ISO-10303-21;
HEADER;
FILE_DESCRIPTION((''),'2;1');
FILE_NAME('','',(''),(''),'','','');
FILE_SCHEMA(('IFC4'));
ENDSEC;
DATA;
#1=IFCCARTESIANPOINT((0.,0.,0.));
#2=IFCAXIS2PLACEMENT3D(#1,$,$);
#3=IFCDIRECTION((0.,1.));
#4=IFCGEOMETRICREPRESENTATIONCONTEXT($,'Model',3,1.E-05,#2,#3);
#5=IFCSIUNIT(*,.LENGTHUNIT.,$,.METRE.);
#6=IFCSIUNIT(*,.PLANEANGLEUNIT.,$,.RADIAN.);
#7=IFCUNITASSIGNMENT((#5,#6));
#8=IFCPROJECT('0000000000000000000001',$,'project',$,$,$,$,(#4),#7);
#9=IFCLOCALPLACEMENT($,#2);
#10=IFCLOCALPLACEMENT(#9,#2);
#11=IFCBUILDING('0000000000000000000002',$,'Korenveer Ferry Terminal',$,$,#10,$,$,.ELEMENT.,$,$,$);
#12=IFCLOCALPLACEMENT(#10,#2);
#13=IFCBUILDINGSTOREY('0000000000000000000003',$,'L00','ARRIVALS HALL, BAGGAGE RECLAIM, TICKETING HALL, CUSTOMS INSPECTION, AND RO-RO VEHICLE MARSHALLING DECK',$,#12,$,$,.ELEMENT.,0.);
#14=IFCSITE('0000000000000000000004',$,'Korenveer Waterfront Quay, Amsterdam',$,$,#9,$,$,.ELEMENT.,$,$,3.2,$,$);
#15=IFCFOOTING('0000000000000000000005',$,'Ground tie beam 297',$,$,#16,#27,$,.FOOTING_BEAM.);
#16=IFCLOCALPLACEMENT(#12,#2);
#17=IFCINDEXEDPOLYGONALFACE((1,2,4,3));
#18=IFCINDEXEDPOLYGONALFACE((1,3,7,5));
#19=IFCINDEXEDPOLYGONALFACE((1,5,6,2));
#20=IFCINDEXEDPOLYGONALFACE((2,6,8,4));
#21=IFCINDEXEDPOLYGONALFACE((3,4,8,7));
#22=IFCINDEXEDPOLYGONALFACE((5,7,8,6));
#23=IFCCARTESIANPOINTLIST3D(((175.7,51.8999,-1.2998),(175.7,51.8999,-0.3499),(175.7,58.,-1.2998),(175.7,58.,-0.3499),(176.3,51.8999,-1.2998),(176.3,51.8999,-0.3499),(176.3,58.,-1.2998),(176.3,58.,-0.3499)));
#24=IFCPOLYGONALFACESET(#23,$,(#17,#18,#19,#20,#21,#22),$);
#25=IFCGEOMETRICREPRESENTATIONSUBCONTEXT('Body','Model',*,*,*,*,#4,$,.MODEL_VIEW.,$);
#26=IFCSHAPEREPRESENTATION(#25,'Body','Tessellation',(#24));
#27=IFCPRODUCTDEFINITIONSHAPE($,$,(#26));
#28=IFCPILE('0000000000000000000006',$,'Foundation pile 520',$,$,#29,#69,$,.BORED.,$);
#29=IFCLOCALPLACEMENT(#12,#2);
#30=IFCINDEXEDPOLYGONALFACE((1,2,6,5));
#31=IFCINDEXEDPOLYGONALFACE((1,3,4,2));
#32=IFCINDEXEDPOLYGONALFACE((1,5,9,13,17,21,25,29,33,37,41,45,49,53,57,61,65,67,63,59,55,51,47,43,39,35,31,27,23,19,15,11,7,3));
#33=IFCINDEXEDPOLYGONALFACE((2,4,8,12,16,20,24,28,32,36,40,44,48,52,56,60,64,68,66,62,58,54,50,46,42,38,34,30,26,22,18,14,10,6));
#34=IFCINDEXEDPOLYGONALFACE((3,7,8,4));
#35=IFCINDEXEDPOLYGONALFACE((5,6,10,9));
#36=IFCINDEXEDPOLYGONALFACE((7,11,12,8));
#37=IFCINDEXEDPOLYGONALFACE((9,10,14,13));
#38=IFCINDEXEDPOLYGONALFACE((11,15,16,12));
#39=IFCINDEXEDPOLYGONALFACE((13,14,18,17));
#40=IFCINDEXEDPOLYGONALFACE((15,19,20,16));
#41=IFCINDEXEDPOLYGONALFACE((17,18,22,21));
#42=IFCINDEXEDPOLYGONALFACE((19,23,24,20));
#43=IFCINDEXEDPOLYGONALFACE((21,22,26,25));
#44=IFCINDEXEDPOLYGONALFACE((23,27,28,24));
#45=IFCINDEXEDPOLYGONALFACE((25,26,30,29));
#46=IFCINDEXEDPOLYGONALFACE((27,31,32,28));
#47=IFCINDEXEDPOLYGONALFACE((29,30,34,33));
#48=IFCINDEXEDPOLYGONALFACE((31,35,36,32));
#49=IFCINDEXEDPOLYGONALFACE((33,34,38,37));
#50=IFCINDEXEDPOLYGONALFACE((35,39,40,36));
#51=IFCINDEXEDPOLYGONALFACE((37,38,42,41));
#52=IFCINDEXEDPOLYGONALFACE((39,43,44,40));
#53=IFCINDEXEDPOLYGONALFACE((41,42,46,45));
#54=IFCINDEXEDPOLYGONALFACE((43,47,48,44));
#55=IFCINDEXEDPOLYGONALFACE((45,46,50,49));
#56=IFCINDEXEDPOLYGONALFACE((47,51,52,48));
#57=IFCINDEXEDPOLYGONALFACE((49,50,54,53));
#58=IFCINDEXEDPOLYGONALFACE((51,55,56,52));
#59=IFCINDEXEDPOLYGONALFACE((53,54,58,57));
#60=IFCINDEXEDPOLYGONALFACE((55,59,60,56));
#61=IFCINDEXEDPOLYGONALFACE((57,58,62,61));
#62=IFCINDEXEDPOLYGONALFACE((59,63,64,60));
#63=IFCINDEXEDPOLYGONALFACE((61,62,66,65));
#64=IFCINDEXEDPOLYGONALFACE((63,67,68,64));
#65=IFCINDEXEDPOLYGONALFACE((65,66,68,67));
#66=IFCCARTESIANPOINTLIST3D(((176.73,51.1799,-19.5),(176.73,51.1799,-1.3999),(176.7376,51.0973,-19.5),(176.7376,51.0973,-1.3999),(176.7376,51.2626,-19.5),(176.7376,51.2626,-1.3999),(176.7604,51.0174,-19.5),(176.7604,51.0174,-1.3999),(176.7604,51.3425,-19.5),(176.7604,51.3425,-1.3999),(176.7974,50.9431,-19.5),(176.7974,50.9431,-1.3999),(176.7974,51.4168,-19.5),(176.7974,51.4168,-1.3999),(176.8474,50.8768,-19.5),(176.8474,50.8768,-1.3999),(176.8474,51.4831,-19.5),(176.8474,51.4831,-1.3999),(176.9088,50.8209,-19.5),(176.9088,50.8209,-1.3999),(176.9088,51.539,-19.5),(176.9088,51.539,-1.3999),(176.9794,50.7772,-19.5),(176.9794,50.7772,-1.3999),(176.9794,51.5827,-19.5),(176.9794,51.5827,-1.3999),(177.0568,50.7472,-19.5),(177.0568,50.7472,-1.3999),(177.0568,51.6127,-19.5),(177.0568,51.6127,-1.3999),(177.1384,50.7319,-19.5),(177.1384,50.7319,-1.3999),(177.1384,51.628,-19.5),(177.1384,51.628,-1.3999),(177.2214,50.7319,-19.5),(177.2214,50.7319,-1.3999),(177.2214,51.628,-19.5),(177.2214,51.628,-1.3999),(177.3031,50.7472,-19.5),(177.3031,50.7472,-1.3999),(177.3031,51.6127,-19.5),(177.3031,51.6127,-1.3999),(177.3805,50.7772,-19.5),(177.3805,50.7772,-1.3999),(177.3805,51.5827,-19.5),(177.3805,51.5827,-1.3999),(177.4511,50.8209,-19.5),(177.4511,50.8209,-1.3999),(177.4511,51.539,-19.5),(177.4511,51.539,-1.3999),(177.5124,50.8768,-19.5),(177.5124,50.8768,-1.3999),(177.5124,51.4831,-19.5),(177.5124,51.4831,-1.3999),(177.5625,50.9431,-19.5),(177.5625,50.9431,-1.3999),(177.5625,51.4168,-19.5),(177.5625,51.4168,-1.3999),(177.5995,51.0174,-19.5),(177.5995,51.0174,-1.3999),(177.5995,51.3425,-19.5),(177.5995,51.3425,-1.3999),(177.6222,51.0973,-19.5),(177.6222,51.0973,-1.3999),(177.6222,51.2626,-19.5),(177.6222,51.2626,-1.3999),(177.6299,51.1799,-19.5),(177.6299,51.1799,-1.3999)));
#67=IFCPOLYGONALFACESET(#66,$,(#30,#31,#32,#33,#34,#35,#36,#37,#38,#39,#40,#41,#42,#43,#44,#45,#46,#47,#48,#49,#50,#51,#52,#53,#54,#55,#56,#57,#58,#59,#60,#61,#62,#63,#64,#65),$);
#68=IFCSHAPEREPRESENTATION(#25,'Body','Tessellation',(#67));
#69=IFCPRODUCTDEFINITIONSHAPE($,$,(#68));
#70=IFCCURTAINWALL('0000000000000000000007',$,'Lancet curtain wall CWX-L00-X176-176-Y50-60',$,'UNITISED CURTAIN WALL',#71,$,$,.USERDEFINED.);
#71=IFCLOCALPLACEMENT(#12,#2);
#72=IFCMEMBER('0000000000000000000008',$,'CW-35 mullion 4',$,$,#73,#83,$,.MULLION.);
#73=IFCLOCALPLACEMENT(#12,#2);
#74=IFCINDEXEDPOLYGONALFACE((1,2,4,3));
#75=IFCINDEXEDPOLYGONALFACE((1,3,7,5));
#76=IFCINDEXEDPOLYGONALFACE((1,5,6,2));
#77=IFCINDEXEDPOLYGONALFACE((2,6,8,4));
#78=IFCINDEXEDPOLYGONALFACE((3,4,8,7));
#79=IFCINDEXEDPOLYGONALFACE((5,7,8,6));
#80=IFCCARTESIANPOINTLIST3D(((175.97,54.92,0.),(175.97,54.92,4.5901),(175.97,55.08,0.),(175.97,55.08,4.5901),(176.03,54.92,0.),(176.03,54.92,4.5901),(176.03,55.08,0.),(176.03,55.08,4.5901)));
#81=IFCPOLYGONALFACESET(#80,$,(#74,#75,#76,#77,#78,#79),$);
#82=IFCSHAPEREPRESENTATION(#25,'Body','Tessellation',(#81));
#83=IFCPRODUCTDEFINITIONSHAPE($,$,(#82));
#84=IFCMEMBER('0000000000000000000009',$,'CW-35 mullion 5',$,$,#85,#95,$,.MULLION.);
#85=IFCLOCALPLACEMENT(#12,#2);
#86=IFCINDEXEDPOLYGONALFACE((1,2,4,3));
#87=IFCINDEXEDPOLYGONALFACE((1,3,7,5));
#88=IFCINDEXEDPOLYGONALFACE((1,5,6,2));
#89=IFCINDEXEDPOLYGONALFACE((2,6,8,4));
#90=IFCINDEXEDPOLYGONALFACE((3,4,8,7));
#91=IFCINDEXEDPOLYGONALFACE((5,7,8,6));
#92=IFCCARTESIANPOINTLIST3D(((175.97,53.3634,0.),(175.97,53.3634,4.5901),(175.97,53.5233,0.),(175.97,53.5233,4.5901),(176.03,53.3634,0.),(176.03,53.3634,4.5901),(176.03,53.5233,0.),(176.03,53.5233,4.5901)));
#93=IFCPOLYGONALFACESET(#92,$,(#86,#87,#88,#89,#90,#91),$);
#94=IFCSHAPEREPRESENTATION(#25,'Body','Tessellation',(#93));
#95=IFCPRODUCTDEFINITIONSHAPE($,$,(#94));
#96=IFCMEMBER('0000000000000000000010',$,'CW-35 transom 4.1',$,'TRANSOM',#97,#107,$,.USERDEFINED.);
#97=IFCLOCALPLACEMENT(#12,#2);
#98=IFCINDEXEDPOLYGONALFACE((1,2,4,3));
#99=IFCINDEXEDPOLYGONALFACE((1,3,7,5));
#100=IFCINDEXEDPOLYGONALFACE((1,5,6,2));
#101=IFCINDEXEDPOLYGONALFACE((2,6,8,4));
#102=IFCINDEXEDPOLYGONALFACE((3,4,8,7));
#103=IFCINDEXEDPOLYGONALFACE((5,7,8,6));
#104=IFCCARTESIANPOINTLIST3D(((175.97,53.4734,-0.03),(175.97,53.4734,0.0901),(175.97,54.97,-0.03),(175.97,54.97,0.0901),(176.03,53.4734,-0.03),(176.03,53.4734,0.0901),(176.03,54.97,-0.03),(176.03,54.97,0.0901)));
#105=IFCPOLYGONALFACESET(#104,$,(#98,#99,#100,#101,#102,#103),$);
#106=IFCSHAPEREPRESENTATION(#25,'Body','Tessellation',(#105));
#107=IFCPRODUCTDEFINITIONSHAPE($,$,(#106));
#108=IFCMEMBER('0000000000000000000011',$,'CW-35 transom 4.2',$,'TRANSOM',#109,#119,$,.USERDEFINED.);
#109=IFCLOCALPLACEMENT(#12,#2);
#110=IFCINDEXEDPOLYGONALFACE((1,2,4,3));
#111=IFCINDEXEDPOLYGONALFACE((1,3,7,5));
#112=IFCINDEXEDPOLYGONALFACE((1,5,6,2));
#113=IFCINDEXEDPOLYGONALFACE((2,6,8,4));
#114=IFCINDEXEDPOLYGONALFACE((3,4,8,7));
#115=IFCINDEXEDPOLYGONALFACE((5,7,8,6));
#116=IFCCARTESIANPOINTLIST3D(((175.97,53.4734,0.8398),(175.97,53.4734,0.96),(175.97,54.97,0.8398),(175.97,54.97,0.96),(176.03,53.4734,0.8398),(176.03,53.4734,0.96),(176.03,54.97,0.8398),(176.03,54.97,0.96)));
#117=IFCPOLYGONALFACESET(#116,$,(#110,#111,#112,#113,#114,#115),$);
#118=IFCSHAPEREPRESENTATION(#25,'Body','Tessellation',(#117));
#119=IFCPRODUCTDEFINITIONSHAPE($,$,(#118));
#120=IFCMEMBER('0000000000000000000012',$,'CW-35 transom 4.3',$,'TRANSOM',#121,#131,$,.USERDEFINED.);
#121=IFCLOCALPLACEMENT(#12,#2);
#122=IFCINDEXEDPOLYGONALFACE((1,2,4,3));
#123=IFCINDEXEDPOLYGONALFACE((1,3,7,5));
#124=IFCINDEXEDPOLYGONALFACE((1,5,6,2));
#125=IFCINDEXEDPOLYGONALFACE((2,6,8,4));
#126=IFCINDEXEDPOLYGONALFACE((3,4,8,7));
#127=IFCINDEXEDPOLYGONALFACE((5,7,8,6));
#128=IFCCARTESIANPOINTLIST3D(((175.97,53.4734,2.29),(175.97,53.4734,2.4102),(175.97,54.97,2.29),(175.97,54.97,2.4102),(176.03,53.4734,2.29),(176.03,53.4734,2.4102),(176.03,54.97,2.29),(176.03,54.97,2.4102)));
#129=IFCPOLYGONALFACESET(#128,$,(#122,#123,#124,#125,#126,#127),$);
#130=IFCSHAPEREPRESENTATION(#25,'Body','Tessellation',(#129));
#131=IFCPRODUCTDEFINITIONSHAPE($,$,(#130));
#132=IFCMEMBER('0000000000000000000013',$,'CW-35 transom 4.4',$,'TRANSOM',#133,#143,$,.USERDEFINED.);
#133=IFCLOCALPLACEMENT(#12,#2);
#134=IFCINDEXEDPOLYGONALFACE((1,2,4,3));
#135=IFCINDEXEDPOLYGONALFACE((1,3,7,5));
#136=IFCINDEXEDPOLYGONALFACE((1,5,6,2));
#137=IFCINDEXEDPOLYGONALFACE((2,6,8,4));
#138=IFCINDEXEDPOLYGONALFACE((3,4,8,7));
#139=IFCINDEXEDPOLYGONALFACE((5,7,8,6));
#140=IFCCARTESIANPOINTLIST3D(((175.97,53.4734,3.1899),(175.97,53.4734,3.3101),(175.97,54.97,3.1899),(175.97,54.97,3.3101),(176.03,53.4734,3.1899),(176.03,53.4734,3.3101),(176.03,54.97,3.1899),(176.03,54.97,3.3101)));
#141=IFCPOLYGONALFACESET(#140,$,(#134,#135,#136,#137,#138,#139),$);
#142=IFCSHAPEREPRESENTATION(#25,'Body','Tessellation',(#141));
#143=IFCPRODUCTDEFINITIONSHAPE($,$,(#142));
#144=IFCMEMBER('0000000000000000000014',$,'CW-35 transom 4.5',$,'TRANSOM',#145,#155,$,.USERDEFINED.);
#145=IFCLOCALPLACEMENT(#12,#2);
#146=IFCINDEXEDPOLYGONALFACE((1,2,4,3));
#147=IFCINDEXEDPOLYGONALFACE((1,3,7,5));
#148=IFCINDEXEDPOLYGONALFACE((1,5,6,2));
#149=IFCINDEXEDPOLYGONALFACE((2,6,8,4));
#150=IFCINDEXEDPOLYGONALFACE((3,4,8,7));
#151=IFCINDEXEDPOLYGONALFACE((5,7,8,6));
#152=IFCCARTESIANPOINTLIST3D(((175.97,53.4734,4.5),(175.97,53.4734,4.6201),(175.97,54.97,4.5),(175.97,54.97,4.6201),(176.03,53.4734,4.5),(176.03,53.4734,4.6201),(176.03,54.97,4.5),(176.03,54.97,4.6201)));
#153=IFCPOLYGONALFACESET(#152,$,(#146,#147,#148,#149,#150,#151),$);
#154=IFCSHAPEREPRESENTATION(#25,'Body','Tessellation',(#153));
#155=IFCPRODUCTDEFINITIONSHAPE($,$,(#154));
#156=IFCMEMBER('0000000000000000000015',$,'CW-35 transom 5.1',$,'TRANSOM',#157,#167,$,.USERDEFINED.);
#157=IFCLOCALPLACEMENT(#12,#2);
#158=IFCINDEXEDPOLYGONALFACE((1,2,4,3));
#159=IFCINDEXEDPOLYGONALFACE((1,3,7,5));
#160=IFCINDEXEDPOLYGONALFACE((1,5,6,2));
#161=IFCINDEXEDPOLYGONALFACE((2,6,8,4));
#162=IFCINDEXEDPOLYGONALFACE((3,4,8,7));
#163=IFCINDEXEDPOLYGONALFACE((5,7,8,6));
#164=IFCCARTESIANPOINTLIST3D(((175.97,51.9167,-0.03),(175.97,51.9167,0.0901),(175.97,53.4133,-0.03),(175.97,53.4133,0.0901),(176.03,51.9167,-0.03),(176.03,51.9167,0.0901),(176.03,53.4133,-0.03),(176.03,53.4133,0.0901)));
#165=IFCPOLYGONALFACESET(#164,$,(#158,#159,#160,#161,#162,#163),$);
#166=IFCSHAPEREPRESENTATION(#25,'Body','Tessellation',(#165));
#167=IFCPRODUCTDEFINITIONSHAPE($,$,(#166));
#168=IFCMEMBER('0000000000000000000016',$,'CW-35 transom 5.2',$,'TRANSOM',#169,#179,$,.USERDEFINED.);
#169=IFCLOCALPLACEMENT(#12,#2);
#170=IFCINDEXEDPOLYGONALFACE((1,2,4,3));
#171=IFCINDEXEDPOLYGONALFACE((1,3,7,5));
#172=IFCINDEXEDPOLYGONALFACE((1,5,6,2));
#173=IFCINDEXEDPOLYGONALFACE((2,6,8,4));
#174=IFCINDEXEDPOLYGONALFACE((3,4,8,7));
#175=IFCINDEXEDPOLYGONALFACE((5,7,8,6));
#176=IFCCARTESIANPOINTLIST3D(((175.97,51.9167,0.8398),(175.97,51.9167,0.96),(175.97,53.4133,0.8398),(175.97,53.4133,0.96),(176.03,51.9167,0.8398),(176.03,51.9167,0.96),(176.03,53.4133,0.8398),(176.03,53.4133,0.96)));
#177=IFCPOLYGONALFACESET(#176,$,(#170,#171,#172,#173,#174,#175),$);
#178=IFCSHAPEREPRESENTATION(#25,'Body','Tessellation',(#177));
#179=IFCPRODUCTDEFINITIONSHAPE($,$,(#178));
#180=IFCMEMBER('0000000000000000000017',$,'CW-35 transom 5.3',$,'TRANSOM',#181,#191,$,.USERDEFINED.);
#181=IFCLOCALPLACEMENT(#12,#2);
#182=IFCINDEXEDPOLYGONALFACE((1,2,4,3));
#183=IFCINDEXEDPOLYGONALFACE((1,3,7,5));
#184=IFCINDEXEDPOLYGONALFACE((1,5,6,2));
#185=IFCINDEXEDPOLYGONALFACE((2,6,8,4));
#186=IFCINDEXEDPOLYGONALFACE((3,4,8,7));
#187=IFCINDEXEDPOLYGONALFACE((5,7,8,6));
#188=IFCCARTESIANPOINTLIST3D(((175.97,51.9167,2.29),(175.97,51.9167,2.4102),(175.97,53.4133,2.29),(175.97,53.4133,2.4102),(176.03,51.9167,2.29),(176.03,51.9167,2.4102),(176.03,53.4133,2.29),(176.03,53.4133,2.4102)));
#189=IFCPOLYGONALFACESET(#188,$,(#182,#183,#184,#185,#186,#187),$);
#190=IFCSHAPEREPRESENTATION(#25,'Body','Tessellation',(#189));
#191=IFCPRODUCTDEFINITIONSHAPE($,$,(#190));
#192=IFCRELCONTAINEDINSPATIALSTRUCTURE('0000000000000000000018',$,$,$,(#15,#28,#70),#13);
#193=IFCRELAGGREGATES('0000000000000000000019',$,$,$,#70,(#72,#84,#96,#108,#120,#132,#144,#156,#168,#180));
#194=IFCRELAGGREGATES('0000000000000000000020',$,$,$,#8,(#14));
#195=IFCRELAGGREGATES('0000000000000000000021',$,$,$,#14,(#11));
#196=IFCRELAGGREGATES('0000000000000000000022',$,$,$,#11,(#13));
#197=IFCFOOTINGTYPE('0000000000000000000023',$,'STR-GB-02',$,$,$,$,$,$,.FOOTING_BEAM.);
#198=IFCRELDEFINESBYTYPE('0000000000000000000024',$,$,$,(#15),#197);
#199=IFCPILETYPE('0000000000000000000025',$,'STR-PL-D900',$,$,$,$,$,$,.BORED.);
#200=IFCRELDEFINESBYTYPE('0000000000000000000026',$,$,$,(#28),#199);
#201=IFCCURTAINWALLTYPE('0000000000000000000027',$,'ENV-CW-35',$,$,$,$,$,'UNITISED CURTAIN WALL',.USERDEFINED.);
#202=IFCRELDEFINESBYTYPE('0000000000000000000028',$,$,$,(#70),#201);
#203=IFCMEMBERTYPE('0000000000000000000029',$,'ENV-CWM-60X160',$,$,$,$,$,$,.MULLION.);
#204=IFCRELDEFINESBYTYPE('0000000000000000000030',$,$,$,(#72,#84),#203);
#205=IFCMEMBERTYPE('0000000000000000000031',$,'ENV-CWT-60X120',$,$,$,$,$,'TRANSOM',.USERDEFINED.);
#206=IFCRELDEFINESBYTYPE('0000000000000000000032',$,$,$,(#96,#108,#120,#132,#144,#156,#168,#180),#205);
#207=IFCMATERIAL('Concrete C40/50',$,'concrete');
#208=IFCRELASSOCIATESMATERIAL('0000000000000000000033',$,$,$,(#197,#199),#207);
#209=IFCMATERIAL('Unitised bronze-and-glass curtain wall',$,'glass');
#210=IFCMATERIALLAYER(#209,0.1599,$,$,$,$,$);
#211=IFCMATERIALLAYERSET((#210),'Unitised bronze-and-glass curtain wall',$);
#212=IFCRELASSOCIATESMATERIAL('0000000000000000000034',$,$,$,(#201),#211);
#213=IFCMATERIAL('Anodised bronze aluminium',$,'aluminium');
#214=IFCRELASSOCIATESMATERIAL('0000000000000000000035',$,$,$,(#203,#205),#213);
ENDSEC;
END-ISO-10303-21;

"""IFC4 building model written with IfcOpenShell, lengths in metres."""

from ifc_helpers import new_model, si_unit, direction, frame, origin, origin_2d, place, context, subcontext, project, spatial, rectangle, circle, extrude, material, layer, layer_set, material_profile, profile_set, type_object, element, aggregate, save


model = new_model("IFC4")

# Units and contexts
model_context = context("Model", 3, precision=1e-05, world=origin(), true_north=direction((0.0, 1.0)))
body_context = subcontext(model_context, "Body", "Model", "MODEL_VIEW")
ifc_project = project(units=[si_unit("LENGTHUNIT", "METRE"), si_unit("PLANEANGLEUNIT", "RADIAN")], contexts=[model_context])

# Site, building, storey
site_placement = place(None, origin())
site = spatial("IfcSite", under=ifc_project, at=site_placement, Name="Korenveer Waterfront Quay, Amsterdam", CompositionType="ELEMENT", RefElevation=3.2)
building_placement = place(site_placement, origin())
building = spatial("IfcBuilding", under=site, at=building_placement, Name="Korenveer Ferry Terminal", CompositionType="ELEMENT")
storey_placement = place(building_placement, origin())
storey = spatial("IfcBuildingStorey", under=building, at=storey_placement, Name="L00", Description="ARRIVALS HALL, BAGGAGE RECLAIM, TICKETING HALL, CUSTOMS INSPECTION, AND RO-RO VEHICLE MARSHALLING DECK", CompositionType="ELEMENT", Elevation=0.0)

# Footing
ifc_material_1 = material(Name="Concrete C40/50", Category="concrete")
footing_type = type_object("IfcFootingType", Name="STR-GB-02", PredefinedType="FOOTING_BEAM", material=ifc_material_1)
footing_placement = place(storey_placement, frame((176.0, 54.95, -1.2998), z_axis=(0.0, 0.0, 1.0), x_axis=(1.0, 0.0, 0.0)))
element("IfcFooting", 1, at=footing_placement, inside=storey, type_object=footing_type, Name="Ground tie beam 297", PredefinedType="FOOTING_BEAM", context=body_context, shape_type="SweptSolid", body=[
    extrude(rectangle(XDim=0.6001, YDim=6.1001, at=origin_2d()), origin(), (0.0, 0.0, 1.0), 0.95),
])

# Pile
ifc_material_profile_1 = material_profile(ifc_material_1, circle(Radius=0.45, at=origin_2d()), Name="PILE D900")
ifc_profile_set_1 = profile_set([ifc_material_profile_1], Name="Concrete C40/50")
pile_type = type_object("IfcPileType", Name="STR-PL-D900", PredefinedType="BORED", material=ifc_profile_set_1)
pile_placement = place(storey_placement, frame((177.1799, 51.1799, -1.3999), z_axis=(0.0, 0.0, -1.0), x_axis=(1.0, 0.0, 0.0)))
element("IfcPile", 2, at=pile_placement, inside=storey, type_object=pile_type, Name="Foundation pile 520", PredefinedType="BORED", context=body_context, shape_type="SweptSolid", body=[
    extrude(circle(Radius=0.45, at=origin_2d()), origin(), (0.0, 0.0, 1.0), 18.1001),
])

# Curtain wall, members
ifc_material_2 = material(Name="Unitised bronze-and-glass curtain wall", Category="glass")
ifc_layer_1 = layer(ifc_material_2, 0.1599)
ifc_layer_set_1 = layer_set([ifc_layer_1], Name="Unitised bronze-and-glass curtain wall")
curtain_wall_type = type_object("IfcCurtainWallType", Name="ENV-CW-35", ElementType="UNITISED CURTAIN WALL", PredefinedType="USERDEFINED", material=ifc_layer_set_1)
curtain_wall_placement = place(storey_placement, frame((176.0, 59.6699, 0.0)))
curtain_wall = element("IfcCurtainWall", 3, at=curtain_wall_placement, inside=storey, type_object=curtain_wall_type, Name="Lancet curtain wall CWX-L00-X176-176-Y50-60", ObjectType="UNITISED CURTAIN WALL", PredefinedType="USERDEFINED")
ifc_material_3 = material(Name="Anodised bronze aluminium", Category="aluminium")
ifc_material_profile_2 = material_profile(ifc_material_3, rectangle(XDim=0.0601, YDim=0.1599, at=origin_2d()), Name="ALU 60x160")
ifc_profile_set_2 = profile_set([ifc_material_profile_2], Name="Anodised bronze aluminium")
member_type_1 = type_object("IfcMemberType", Name="ENV-CWM-60X160", PredefinedType="MULLION", material=ifc_profile_set_2)
member_1_placement = place(storey_placement, frame((176.0, 55.0, 0.0), z_axis=(0.0, 0.0, 1.0), x_axis=(1.0, 0.0, 0.0)))
member_1 = element("IfcMember", 4, at=member_1_placement, type_object=member_type_1, Name="CW-35 mullion 4", PredefinedType="MULLION", context=body_context, shape_type="SweptSolid", body=[
    extrude(rectangle(XDim=0.0601, YDim=0.1599, at=origin_2d()), origin(), (0.0, 0.0, 1.0), 4.5901),
])
member_2_placement = place(storey_placement, frame((176.0, 53.4434, 0.0), z_axis=(0.0, 0.0, 1.0), x_axis=(1.0, 0.0, 0.0)))
member_2 = element("IfcMember", 5, at=member_2_placement, type_object=member_type_1, Name="CW-35 mullion 5", PredefinedType="MULLION", context=body_context, shape_type="SweptSolid", body=[
    extrude(rectangle(XDim=0.0601, YDim=0.1599, at=origin_2d()), origin(), (0.0, 0.0, 1.0), 4.5901),
])
ifc_material_profile_3 = material_profile(ifc_material_3, rectangle(XDim=0.0601, YDim=0.1201, at=origin_2d()), Name="ALU 60x120")
ifc_profile_set_3 = profile_set([ifc_material_profile_3], Name="Anodised bronze aluminium")
member_type_2 = type_object("IfcMemberType", Name="ENV-CWT-60X120", ElementType="TRANSOM", PredefinedType="USERDEFINED", material=ifc_profile_set_3)
member_3_placement = place(storey_placement, frame((176.0, 54.97, 0.03), z_axis=(0.0, -1.0, 0.0), x_axis=(1.0, 0.0, 0.0)))
member_3 = element("IfcMember", 6, at=member_3_placement, type_object=member_type_2, Name="CW-35 transom 4.1", ObjectType="TRANSOM", PredefinedType="USERDEFINED", context=body_context, shape_type="SweptSolid", body=[
    extrude(rectangle(XDim=0.0601, YDim=0.1201, at=origin_2d()), origin(), (0.0, 0.0, 1.0), 1.4966),
])
member_4_placement = place(storey_placement, frame((176.0, 54.97, 0.8999), z_axis=(0.0, -1.0, 0.0), x_axis=(1.0, 0.0, 0.0)))
member_4 = element("IfcMember", 7, at=member_4_placement, type_object=member_type_2, Name="CW-35 transom 4.2", ObjectType="TRANSOM", PredefinedType="USERDEFINED", context=body_context, shape_type="SweptSolid", body=[
    extrude(rectangle(XDim=0.0601, YDim=0.1201, at=origin_2d()), origin(), (0.0, 0.0, 1.0), 1.4966),
])
member_5_placement = place(storey_placement, frame((176.0, 54.97, 2.3501), z_axis=(0.0, -1.0, 0.0), x_axis=(1.0, 0.0, 0.0)))
member_5 = element("IfcMember", 8, at=member_5_placement, type_object=member_type_2, Name="CW-35 transom 4.3", ObjectType="TRANSOM", PredefinedType="USERDEFINED", context=body_context, shape_type="SweptSolid", body=[
    extrude(rectangle(XDim=0.0601, YDim=0.1201, at=origin_2d()), origin(), (0.0, 0.0, 1.0), 1.4966),
])
member_6_placement = place(storey_placement, frame((176.0, 54.97, 3.25), z_axis=(0.0, -1.0, 0.0), x_axis=(1.0, 0.0, 0.0)))
member_6 = element("IfcMember", 9, at=member_6_placement, type_object=member_type_2, Name="CW-35 transom 4.4", ObjectType="TRANSOM", PredefinedType="USERDEFINED", context=body_context, shape_type="SweptSolid", body=[
    extrude(rectangle(XDim=0.0601, YDim=0.1201, at=origin_2d()), origin(), (0.0, 0.0, 1.0), 1.4966),
])
member_7_placement = place(storey_placement, frame((176.0, 54.97, 4.5601), z_axis=(0.0, -1.0, 0.0), x_axis=(1.0, 0.0, 0.0)))
member_7 = element("IfcMember", 10, at=member_7_placement, type_object=member_type_2, Name="CW-35 transom 4.5", ObjectType="TRANSOM", PredefinedType="USERDEFINED", context=body_context, shape_type="SweptSolid", body=[
    extrude(rectangle(XDim=0.0601, YDim=0.1201, at=origin_2d()), origin(), (0.0, 0.0, 1.0), 1.4966),
])
member_8_placement = place(storey_placement, frame((176.0, 53.4133, 0.03), z_axis=(0.0, -1.0, 0.0), x_axis=(1.0, 0.0, 0.0)))
member_8 = element("IfcMember", 11, at=member_8_placement, type_object=member_type_2, Name="CW-35 transom 5.1", ObjectType="TRANSOM", PredefinedType="USERDEFINED", context=body_context, shape_type="SweptSolid", body=[
    extrude(rectangle(XDim=0.0601, YDim=0.1201, at=origin_2d()), origin(), (0.0, 0.0, 1.0), 1.4966),
])
member_9_placement = place(storey_placement, frame((176.0, 53.4133, 0.8999), z_axis=(0.0, -1.0, 0.0), x_axis=(1.0, 0.0, 0.0)))
member_9 = element("IfcMember", 12, at=member_9_placement, type_object=member_type_2, Name="CW-35 transom 5.2", ObjectType="TRANSOM", PredefinedType="USERDEFINED", context=body_context, shape_type="SweptSolid", body=[
    extrude(rectangle(XDim=0.0601, YDim=0.1201, at=origin_2d()), origin(), (0.0, 0.0, 1.0), 1.4966),
])
member_10_placement = place(storey_placement, frame((176.0, 53.4133, 2.3501), z_axis=(0.0, -1.0, 0.0), x_axis=(1.0, 0.0, 0.0)))
member_10 = element("IfcMember", 13, at=member_10_placement, type_object=member_type_2, Name="CW-35 transom 5.3", ObjectType="TRANSOM", PredefinedType="USERDEFINED", context=body_context, shape_type="SweptSolid", body=[
    extrude(rectangle(XDim=0.0601, YDim=0.1201, at=origin_2d()), origin(), (0.0, 0.0, 1.0), 1.4966),
])
aggregate(curtain_wall, [member_1, member_2, member_3, member_4, member_5, member_6, member_7, member_8, member_9, member_10])

save(model, "model.ifc")
